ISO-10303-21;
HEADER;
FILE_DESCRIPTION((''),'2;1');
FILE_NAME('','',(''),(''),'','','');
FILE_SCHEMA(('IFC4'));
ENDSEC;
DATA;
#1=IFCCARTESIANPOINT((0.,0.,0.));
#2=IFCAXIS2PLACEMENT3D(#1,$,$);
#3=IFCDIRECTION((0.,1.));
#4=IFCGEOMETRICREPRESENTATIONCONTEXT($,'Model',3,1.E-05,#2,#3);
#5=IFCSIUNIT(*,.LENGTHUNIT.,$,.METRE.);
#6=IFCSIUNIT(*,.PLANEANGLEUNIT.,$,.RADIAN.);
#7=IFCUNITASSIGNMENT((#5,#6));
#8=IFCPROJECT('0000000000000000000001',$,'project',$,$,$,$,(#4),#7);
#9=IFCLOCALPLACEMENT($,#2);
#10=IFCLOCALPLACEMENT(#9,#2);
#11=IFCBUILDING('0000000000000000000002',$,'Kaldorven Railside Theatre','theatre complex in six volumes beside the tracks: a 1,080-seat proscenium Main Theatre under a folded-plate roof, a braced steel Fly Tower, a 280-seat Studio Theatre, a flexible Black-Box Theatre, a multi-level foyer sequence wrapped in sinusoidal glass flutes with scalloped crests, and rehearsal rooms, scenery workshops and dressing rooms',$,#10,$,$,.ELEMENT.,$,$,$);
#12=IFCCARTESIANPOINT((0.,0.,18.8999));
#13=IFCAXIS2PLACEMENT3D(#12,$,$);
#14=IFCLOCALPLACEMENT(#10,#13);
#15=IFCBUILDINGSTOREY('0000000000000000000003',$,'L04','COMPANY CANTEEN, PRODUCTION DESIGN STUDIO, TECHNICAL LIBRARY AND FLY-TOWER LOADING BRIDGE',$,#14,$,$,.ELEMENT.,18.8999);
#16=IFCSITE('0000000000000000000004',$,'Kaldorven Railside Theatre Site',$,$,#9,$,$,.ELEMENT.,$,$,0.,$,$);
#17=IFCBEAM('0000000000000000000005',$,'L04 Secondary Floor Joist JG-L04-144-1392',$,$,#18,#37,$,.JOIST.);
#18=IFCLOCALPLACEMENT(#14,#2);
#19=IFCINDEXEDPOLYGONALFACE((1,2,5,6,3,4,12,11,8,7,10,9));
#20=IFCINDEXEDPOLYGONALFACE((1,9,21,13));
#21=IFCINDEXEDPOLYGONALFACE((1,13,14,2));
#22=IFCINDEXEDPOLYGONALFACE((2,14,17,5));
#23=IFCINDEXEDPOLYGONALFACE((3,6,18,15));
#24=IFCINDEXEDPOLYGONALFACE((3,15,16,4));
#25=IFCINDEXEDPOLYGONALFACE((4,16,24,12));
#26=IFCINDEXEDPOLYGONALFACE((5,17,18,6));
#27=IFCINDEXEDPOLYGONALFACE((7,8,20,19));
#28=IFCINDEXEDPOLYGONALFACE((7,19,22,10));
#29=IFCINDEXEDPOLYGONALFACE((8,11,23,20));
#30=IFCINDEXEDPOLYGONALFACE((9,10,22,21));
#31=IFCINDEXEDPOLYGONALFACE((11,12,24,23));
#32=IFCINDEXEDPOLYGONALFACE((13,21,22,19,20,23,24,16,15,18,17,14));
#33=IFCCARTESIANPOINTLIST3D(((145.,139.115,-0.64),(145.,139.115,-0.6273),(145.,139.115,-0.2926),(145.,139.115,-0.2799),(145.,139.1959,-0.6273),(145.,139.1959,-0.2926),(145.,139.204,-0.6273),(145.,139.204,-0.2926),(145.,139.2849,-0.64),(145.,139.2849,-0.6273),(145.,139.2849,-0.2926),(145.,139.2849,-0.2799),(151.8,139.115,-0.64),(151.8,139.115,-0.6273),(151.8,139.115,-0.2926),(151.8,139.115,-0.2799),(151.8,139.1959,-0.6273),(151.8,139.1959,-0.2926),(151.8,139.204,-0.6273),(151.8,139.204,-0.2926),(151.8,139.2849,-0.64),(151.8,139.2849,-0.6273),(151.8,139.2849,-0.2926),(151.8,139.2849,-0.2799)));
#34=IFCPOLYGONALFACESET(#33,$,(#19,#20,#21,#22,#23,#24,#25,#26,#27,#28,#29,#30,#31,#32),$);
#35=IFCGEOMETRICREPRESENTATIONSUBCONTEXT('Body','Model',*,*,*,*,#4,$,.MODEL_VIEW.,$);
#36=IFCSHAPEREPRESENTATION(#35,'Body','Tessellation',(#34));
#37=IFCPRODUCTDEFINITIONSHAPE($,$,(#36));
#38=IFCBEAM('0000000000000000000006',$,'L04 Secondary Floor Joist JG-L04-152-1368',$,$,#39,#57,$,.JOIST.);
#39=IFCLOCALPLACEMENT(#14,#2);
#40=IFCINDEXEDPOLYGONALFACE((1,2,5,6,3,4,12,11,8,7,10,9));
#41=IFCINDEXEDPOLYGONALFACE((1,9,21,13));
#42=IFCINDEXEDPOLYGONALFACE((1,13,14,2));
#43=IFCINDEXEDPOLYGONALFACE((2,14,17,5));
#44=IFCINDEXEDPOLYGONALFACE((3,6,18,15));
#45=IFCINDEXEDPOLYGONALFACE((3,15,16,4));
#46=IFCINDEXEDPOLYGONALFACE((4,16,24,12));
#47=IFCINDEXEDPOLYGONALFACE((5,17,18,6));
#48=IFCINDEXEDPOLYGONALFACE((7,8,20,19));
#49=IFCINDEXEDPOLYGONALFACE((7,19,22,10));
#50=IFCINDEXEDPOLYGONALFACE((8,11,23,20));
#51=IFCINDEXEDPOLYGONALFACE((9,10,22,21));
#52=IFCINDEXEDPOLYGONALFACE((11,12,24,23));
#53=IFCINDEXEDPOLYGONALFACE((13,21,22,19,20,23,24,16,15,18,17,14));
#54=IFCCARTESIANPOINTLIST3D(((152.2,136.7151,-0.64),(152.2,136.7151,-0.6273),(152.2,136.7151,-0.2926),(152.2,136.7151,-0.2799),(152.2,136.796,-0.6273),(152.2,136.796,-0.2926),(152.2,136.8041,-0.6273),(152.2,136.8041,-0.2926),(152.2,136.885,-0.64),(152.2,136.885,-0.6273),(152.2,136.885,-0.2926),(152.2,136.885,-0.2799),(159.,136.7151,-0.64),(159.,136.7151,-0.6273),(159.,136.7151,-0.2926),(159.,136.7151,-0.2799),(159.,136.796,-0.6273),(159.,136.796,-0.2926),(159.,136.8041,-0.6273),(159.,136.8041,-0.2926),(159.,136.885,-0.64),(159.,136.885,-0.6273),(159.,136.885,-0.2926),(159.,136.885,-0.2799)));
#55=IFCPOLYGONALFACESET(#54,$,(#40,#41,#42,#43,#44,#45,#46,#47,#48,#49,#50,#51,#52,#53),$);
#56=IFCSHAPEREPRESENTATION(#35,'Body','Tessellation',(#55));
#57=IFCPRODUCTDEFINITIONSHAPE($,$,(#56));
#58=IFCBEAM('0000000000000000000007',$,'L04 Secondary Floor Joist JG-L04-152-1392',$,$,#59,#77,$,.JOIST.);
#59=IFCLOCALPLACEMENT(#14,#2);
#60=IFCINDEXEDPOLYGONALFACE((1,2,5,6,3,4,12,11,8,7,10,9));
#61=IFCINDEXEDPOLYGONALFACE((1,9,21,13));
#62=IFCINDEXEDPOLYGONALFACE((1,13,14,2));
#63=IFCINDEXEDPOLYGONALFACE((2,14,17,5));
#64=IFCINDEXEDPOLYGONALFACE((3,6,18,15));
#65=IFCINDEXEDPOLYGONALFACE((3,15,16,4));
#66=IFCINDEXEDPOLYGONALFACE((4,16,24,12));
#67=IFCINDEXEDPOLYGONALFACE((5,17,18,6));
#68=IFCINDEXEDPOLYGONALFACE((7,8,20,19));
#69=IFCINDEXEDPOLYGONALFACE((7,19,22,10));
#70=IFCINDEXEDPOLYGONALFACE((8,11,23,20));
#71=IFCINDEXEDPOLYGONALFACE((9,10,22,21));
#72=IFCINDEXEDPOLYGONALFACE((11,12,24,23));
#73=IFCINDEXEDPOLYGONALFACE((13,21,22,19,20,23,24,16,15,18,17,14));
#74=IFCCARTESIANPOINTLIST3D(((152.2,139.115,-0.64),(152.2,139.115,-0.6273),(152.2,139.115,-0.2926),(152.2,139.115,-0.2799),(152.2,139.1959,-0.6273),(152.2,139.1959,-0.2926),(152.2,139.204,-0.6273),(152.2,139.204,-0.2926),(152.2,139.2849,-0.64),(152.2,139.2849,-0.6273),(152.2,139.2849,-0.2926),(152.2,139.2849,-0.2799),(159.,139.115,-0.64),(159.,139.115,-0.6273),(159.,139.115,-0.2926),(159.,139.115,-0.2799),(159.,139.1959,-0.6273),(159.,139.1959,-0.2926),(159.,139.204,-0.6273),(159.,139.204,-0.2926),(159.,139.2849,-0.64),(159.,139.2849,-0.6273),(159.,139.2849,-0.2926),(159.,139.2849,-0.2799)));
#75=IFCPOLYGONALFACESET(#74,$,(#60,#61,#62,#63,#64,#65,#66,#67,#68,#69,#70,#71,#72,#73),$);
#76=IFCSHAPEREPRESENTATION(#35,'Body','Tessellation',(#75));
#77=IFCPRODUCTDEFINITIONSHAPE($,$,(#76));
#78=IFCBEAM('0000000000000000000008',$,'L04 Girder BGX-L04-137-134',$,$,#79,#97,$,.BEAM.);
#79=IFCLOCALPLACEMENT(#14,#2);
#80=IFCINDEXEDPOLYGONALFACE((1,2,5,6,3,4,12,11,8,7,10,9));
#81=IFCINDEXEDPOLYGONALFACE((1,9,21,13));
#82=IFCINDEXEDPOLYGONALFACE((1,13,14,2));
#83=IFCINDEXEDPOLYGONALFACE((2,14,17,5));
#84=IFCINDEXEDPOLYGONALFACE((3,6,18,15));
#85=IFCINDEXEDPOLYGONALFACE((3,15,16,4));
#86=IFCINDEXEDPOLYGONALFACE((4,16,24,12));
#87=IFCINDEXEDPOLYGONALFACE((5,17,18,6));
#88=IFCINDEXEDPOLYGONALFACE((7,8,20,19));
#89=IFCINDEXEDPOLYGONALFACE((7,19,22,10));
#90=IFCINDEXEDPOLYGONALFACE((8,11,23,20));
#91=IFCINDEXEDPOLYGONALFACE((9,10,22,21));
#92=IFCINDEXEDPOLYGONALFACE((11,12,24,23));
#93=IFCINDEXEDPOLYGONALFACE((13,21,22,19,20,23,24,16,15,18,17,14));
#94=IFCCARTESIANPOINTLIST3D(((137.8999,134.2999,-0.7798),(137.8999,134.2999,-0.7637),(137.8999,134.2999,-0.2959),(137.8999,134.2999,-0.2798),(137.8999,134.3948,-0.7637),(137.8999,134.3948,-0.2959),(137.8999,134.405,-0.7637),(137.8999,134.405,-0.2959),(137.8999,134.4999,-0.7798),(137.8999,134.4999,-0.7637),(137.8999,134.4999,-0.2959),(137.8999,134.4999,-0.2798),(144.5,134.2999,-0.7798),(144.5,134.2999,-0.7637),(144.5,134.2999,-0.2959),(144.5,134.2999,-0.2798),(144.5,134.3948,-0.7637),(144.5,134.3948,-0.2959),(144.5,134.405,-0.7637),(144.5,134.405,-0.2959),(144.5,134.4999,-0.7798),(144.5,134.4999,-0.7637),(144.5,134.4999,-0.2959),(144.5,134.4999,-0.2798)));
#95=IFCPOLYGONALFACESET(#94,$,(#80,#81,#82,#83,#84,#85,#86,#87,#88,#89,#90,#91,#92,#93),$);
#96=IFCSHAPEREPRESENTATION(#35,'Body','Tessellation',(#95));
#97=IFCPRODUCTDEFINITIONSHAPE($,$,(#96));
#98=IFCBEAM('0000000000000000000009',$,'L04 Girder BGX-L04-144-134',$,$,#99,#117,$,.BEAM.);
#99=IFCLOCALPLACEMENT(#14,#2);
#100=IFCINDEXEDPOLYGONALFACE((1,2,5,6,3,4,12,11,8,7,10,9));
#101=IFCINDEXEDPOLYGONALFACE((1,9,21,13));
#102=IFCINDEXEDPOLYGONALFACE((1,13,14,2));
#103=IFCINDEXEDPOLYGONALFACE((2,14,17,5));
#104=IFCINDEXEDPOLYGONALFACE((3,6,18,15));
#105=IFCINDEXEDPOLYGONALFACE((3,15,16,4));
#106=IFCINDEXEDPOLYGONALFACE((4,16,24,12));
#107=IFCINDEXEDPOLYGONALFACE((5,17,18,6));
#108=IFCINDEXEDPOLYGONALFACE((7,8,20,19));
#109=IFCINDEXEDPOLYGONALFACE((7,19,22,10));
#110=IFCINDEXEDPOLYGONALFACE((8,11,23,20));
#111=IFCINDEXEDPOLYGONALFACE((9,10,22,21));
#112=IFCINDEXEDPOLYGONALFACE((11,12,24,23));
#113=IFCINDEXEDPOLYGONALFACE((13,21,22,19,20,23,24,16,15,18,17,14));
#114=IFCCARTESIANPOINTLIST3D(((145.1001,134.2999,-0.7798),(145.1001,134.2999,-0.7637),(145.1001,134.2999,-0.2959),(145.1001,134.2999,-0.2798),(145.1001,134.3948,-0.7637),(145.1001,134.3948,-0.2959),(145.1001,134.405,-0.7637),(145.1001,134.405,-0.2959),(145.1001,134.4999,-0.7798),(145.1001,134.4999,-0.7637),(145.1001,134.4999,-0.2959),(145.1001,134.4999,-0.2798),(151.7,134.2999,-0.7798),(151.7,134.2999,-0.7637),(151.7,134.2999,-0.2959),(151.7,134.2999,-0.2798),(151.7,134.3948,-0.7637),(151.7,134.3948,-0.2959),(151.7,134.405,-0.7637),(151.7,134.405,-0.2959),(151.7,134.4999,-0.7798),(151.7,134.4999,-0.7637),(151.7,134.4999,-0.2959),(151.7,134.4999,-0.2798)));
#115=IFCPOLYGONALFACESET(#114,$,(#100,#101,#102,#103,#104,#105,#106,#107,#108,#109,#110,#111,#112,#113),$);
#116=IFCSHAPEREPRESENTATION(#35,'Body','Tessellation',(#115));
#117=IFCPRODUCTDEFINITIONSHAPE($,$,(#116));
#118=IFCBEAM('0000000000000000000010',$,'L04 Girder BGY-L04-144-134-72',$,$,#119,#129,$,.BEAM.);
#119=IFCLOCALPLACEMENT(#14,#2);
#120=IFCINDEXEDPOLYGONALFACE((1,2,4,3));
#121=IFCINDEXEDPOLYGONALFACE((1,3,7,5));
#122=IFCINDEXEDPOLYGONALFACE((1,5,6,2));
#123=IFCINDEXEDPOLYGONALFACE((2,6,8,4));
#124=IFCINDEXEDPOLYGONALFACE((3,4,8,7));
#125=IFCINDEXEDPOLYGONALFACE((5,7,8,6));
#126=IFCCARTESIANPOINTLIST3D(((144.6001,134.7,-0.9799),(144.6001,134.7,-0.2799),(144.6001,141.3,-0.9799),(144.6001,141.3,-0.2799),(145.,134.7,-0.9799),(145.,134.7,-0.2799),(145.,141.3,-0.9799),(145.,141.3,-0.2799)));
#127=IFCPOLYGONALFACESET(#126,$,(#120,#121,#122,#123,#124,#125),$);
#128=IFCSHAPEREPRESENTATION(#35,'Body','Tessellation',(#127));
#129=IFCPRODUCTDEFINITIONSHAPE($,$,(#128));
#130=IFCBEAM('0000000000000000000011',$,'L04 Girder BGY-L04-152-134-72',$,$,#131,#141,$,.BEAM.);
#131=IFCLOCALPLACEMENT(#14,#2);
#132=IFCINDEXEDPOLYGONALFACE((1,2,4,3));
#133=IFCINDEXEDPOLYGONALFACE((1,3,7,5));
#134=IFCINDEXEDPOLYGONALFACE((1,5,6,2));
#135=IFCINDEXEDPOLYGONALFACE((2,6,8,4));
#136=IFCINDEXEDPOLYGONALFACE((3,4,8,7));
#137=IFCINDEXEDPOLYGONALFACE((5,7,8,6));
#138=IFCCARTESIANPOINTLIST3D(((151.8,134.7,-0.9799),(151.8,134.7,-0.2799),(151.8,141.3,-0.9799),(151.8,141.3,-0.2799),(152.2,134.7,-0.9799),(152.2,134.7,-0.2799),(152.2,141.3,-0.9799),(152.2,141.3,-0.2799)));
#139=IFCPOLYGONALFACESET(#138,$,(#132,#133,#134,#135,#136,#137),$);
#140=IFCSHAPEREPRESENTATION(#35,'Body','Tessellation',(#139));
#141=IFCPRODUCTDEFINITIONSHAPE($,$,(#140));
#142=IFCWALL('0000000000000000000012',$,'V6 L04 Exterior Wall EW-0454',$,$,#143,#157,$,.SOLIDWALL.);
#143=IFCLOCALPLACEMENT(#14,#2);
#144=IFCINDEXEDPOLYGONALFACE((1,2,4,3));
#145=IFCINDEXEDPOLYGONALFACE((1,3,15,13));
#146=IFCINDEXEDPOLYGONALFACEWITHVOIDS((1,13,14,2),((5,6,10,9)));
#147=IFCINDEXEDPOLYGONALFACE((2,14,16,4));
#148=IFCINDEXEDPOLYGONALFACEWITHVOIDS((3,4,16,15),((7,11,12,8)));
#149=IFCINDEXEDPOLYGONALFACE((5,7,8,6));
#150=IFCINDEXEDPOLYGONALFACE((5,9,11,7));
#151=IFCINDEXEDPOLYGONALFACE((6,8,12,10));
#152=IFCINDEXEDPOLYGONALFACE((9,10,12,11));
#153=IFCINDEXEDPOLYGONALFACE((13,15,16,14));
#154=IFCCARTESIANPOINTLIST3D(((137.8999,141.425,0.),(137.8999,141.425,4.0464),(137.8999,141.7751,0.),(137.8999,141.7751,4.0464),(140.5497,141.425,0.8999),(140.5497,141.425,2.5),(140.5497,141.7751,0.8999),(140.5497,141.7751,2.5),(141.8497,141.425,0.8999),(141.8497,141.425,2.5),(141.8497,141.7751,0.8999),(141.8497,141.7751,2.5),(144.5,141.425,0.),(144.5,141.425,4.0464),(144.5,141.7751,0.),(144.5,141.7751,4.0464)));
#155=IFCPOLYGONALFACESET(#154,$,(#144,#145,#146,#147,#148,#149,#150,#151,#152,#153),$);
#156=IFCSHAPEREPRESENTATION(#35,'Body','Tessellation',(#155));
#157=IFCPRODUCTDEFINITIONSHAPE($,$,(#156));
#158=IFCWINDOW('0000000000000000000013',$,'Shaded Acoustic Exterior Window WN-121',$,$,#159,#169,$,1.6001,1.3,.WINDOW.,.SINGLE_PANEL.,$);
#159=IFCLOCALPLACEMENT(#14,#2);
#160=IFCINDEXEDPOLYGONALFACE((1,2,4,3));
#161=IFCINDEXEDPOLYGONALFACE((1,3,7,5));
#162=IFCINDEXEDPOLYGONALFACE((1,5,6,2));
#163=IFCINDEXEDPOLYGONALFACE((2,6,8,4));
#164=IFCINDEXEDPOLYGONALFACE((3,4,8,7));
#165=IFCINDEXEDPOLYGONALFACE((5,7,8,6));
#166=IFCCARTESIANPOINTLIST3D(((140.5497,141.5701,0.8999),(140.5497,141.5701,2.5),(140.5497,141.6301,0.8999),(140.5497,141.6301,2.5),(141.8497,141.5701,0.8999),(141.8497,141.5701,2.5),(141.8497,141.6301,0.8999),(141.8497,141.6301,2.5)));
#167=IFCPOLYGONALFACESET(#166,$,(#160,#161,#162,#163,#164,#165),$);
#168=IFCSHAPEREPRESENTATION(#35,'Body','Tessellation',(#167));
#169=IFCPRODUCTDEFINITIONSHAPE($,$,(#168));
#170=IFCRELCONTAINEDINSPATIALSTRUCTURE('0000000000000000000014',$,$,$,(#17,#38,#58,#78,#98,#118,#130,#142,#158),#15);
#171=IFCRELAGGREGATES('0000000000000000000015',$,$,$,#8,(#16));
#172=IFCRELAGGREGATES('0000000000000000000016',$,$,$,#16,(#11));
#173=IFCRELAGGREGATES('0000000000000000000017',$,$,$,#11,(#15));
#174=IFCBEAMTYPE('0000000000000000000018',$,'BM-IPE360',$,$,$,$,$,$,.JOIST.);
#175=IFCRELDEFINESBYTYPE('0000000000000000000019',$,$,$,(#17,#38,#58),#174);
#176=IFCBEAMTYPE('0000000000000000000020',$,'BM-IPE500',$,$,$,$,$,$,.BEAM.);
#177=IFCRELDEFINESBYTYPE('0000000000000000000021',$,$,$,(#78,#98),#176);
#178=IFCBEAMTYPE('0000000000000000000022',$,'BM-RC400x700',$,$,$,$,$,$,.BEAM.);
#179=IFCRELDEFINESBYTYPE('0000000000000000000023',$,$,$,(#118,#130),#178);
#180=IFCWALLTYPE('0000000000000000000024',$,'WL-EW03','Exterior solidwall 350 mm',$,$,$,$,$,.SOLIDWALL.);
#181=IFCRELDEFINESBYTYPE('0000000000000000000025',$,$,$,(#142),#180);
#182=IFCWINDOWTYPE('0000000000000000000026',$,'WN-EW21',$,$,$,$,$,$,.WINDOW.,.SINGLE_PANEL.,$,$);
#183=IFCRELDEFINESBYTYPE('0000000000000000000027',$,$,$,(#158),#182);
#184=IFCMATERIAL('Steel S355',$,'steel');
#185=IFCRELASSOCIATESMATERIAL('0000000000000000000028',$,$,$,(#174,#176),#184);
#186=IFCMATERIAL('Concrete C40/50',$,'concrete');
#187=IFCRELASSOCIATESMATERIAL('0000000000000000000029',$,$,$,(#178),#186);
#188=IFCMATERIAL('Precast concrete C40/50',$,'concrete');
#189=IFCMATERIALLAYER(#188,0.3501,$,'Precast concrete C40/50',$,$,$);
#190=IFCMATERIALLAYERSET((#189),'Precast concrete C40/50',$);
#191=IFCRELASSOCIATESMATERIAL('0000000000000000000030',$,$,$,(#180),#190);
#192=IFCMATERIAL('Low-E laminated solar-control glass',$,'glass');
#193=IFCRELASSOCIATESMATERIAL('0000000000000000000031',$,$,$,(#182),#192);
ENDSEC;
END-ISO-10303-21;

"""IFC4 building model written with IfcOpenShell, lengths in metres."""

from ifc_helpers import new_model, si_unit, direction, frame, frame_2d, origin, origin_2d, place, context, subcontext, project, spatial, rectangle, i_section, extrude, material, layer, layer_set, material_profile, profile_set, type_object, element, fill, save


model = new_model("IFC4")

# Units and contexts
model_context = context("Model", 3, precision=1e-05, world=origin(), true_north=direction((0.0, 1.0)))
body_context = subcontext(model_context, "Body", "Model", "MODEL_VIEW")
ifc_project = project(units=[si_unit("LENGTHUNIT", "METRE"), si_unit("PLANEANGLEUNIT", "RADIAN")], contexts=[model_context])

# Site, building, storey
site_placement = place(None, origin())
site = spatial("IfcSite", under=ifc_project, at=site_placement, Name="Kaldorven Railside Theatre Site", CompositionType="ELEMENT", RefElevation=0.0)
building_placement = place(site_placement, origin())
building = spatial("IfcBuilding", under=site, at=building_placement, Name="Kaldorven Railside Theatre", Description="theatre complex in six volumes beside the tracks: a 1,080-seat proscenium Main Theatre under a folded-plate roof, a braced steel Fly Tower, a 280-seat Studio Theatre, a flexible Black-Box Theatre, a multi-level foyer sequence wrapped in sinusoidal glass flutes with scalloped crests, and rehearsal rooms, scenery workshops and dressing rooms", CompositionType="ELEMENT")
storey_placement = place(building_placement, frame((0.0, 0.0, 18.8999)))
storey = spatial("IfcBuildingStorey", under=building, at=storey_placement, Name="L04", Description="COMPANY CANTEEN, PRODUCTION DESIGN STUDIO, TECHNICAL LIBRARY AND FLY-TOWER LOADING BRIDGE", CompositionType="ELEMENT", Elevation=18.8999)

# Shared definitions
ifc_material_1 = material(Name="Concrete C40/50", Category="concrete")

# Beams
ifc_material_2 = material(Name="Steel S355", Category="steel")
ifc_material_profile_1 = material_profile(ifc_material_2, i_section(OverallWidth=0.1699, OverallDepth=0.3601, WebThickness=0.0081, FlangeThickness=0.0127, at=origin_2d()), Name="IPE 360")
ifc_profile_set_1 = profile_set([ifc_material_profile_1], Name="Steel S355")
beam_type_1 = type_object("IfcBeamType", Name="BM-IPE360", PredefinedType="JOIST", material=ifc_profile_set_1)
for number, where, z_axis, x_axis, name in (
    (1, (145.0, 139.2, -0.46), (1.0, 0.0, 0.0), (0.0, 1.0, 0.0), "L04 Secondary Floor Joist JG-L04-144-1392"),
    (2, (152.2, 136.8, -0.46), (1.0, 0.0, 0.0), (0.0, 1.0, 0.0), "L04 Secondary Floor Joist JG-L04-152-1368"),
    (3, (152.2, 139.2, -0.46), (1.0, 0.0, 0.0), (0.0, 1.0, 0.0), "L04 Secondary Floor Joist JG-L04-152-1392"),
):
    element("IfcBeam", number, at=place(storey_placement, frame(where, z_axis=z_axis, x_axis=x_axis)), inside=storey, type_object=beam_type_1, Name=name, PredefinedType="JOIST", context=body_context, shape_type="SweptSolid", body=[
        extrude(i_section(OverallWidth=0.1699, OverallDepth=0.3601, WebThickness=0.0081, FlangeThickness=0.0127, at=origin_2d()), origin(), (0.0, 0.0, 1.0), 6.8),
    ])
ifc_material_profile_2 = material_profile(ifc_material_2, i_section(OverallWidth=0.2, OverallDepth=0.5, WebThickness=0.0103, FlangeThickness=0.0161, at=origin_2d()), Name="IPE 500")
ifc_profile_set_2 = profile_set([ifc_material_profile_2], Name="Steel S355")
beam_type_2 = type_object("IfcBeamType", Name="BM-IPE500", PredefinedType="BEAM", material=ifc_profile_set_2)
beam_1_placement = place(storey_placement, frame((137.8999, 134.3999, -0.5298), z_axis=(1.0, 0.0, 0.0), x_axis=(0.0, 1.0, 0.0)))
element("IfcBeam", 4, at=beam_1_placement, inside=storey, type_object=beam_type_2, Name="L04 Girder BGX-L04-137-134", PredefinedType="BEAM", context=body_context, shape_type="SweptSolid", body=[
    extrude(i_section(OverallWidth=0.2, OverallDepth=0.5, WebThickness=0.0103, FlangeThickness=0.0161, at=origin_2d()), origin(), (0.0, 0.0, 1.0), 6.6001),
])
beam_2_placement = place(storey_placement, frame((145.1001, 134.3999, -0.5298), z_axis=(1.0, 0.0, 0.0), x_axis=(0.0, 1.0, 0.0)))
element("IfcBeam", 5, at=beam_2_placement, inside=storey, type_object=beam_type_2, Name="L04 Girder BGX-L04-144-134", PredefinedType="BEAM", context=body_context, shape_type="SweptSolid", body=[
    extrude(i_section(OverallWidth=0.2, OverallDepth=0.5, WebThickness=0.0103, FlangeThickness=0.0161, at=origin_2d()), origin(), (0.0, 0.0, 1.0), 6.5999),
])
ifc_material_profile_3 = material_profile(ifc_material_1, rectangle(XDim=0.3999, YDim=0.7, at=origin_2d()), Name="RC 400x700")
ifc_profile_set_3 = profile_set([ifc_material_profile_3], Name="Concrete C40/50")
beam_type_3 = type_object("IfcBeamType", Name="BM-RC400x700", PredefinedType="BEAM", material=ifc_profile_set_3)
for number, where, z_axis, x_axis, name in (
    (6, (144.8, 134.7, -0.6299), (0.0, 1.0, 0.0), (-1.0, 0.0, 0.0), "L04 Girder BGY-L04-144-134-72"),
    (7, (152.0, 134.7, -0.6299), (0.0, 1.0, 0.0), (-1.0, 0.0, 0.0), "L04 Girder BGY-L04-152-134-72"),
):
    element("IfcBeam", number, at=place(storey_placement, frame(where, z_axis=z_axis, x_axis=x_axis)), inside=storey, type_object=beam_type_3, Name=name, PredefinedType="BEAM", context=body_context, shape_type="SweptSolid", body=[
        extrude(rectangle(XDim=0.3999, YDim=0.7, at=origin_2d()), origin(), (0.0, 0.0, 1.0), 6.6001),
    ])

# Wall, opening, window
ifc_material_3 = material(Name="Precast concrete C40/50", Category="concrete")
ifc_layer_1 = layer(ifc_material_3, 0.3501, Name="Precast concrete C40/50")
ifc_layer_set_1 = layer_set([ifc_layer_1], Name="Precast concrete C40/50")
wall_type_1 = type_object("IfcWallType", Name="WL-EW03", Description="Exterior solidwall 350 mm", PredefinedType="SOLIDWALL", material=ifc_layer_set_1)
wall_1_placement = place(storey_placement, frame((137.8999, 141.6001, 0.0), z_axis=(0.0, 0.0, 1.0), x_axis=(1.0, 0.0, 0.0)))
wall_1 = element("IfcWall", 8, at=wall_1_placement, inside=storey, type_object=wall_type_1, Name="V6 L04 Exterior Wall EW-0454", PredefinedType="SOLIDWALL", context=body_context, shape_type="SweptSolid", body=[
    extrude(rectangle(XDim=6.6001, YDim=0.3501, at=frame_2d((3.3, 0.0))), origin(), (0.0, 0.0, 1.0), 4.0464),
])
opening_1_placement = place(wall_1_placement, frame((2.6499, 0.0, 0.8999)))
opening_1 = element("IfcOpeningElement", 9, at=opening_1_placement, cuts=wall_1, PredefinedType="OPENING", context=body_context, shape_type="SweptSolid", body=[
    extrude(rectangle(XDim=1.3, YDim=1.6001, at=frame_2d((0.6499, 0.8))), frame((0.0, 0.1851, 0.0), z_axis=(0.0, -1.0, 0.0), x_axis=(1.0, 0.0, 0.0)), (0.0, 0.0, 1.0), 0.3701),
])
ifc_material_4 = material(Name="Low-E laminated solar-control glass", Category="glass")
window_type_1 = type_object("IfcWindowType", Name="WN-EW21", PartitioningType="SINGLE_PANEL", PredefinedType="WINDOW", material=ifc_material_4)
window_1_placement = place(opening_1_placement, origin())
window_1 = element("IfcWindow", 10, at=window_1_placement, inside=storey, type_object=window_type_1, Name="Shaded Acoustic Exterior Window WN-121", OverallHeight=1.6001, OverallWidth=1.3, PartitioningType="SINGLE_PANEL", PredefinedType="WINDOW", context=body_context, shape_type="SweptSolid", body=[
    extrude(rectangle(XDim=1.3, YDim=1.6001, at=frame_2d((0.6499, 0.8))), frame((0.0, 0.03, 0.0), z_axis=(0.0, -1.0, 0.0), x_axis=(1.0, 0.0, 0.0)), (0.0, 0.0, 1.0), 0.0601),
])
fill(opening_1, window_1)

save(model, "model.ifc")
